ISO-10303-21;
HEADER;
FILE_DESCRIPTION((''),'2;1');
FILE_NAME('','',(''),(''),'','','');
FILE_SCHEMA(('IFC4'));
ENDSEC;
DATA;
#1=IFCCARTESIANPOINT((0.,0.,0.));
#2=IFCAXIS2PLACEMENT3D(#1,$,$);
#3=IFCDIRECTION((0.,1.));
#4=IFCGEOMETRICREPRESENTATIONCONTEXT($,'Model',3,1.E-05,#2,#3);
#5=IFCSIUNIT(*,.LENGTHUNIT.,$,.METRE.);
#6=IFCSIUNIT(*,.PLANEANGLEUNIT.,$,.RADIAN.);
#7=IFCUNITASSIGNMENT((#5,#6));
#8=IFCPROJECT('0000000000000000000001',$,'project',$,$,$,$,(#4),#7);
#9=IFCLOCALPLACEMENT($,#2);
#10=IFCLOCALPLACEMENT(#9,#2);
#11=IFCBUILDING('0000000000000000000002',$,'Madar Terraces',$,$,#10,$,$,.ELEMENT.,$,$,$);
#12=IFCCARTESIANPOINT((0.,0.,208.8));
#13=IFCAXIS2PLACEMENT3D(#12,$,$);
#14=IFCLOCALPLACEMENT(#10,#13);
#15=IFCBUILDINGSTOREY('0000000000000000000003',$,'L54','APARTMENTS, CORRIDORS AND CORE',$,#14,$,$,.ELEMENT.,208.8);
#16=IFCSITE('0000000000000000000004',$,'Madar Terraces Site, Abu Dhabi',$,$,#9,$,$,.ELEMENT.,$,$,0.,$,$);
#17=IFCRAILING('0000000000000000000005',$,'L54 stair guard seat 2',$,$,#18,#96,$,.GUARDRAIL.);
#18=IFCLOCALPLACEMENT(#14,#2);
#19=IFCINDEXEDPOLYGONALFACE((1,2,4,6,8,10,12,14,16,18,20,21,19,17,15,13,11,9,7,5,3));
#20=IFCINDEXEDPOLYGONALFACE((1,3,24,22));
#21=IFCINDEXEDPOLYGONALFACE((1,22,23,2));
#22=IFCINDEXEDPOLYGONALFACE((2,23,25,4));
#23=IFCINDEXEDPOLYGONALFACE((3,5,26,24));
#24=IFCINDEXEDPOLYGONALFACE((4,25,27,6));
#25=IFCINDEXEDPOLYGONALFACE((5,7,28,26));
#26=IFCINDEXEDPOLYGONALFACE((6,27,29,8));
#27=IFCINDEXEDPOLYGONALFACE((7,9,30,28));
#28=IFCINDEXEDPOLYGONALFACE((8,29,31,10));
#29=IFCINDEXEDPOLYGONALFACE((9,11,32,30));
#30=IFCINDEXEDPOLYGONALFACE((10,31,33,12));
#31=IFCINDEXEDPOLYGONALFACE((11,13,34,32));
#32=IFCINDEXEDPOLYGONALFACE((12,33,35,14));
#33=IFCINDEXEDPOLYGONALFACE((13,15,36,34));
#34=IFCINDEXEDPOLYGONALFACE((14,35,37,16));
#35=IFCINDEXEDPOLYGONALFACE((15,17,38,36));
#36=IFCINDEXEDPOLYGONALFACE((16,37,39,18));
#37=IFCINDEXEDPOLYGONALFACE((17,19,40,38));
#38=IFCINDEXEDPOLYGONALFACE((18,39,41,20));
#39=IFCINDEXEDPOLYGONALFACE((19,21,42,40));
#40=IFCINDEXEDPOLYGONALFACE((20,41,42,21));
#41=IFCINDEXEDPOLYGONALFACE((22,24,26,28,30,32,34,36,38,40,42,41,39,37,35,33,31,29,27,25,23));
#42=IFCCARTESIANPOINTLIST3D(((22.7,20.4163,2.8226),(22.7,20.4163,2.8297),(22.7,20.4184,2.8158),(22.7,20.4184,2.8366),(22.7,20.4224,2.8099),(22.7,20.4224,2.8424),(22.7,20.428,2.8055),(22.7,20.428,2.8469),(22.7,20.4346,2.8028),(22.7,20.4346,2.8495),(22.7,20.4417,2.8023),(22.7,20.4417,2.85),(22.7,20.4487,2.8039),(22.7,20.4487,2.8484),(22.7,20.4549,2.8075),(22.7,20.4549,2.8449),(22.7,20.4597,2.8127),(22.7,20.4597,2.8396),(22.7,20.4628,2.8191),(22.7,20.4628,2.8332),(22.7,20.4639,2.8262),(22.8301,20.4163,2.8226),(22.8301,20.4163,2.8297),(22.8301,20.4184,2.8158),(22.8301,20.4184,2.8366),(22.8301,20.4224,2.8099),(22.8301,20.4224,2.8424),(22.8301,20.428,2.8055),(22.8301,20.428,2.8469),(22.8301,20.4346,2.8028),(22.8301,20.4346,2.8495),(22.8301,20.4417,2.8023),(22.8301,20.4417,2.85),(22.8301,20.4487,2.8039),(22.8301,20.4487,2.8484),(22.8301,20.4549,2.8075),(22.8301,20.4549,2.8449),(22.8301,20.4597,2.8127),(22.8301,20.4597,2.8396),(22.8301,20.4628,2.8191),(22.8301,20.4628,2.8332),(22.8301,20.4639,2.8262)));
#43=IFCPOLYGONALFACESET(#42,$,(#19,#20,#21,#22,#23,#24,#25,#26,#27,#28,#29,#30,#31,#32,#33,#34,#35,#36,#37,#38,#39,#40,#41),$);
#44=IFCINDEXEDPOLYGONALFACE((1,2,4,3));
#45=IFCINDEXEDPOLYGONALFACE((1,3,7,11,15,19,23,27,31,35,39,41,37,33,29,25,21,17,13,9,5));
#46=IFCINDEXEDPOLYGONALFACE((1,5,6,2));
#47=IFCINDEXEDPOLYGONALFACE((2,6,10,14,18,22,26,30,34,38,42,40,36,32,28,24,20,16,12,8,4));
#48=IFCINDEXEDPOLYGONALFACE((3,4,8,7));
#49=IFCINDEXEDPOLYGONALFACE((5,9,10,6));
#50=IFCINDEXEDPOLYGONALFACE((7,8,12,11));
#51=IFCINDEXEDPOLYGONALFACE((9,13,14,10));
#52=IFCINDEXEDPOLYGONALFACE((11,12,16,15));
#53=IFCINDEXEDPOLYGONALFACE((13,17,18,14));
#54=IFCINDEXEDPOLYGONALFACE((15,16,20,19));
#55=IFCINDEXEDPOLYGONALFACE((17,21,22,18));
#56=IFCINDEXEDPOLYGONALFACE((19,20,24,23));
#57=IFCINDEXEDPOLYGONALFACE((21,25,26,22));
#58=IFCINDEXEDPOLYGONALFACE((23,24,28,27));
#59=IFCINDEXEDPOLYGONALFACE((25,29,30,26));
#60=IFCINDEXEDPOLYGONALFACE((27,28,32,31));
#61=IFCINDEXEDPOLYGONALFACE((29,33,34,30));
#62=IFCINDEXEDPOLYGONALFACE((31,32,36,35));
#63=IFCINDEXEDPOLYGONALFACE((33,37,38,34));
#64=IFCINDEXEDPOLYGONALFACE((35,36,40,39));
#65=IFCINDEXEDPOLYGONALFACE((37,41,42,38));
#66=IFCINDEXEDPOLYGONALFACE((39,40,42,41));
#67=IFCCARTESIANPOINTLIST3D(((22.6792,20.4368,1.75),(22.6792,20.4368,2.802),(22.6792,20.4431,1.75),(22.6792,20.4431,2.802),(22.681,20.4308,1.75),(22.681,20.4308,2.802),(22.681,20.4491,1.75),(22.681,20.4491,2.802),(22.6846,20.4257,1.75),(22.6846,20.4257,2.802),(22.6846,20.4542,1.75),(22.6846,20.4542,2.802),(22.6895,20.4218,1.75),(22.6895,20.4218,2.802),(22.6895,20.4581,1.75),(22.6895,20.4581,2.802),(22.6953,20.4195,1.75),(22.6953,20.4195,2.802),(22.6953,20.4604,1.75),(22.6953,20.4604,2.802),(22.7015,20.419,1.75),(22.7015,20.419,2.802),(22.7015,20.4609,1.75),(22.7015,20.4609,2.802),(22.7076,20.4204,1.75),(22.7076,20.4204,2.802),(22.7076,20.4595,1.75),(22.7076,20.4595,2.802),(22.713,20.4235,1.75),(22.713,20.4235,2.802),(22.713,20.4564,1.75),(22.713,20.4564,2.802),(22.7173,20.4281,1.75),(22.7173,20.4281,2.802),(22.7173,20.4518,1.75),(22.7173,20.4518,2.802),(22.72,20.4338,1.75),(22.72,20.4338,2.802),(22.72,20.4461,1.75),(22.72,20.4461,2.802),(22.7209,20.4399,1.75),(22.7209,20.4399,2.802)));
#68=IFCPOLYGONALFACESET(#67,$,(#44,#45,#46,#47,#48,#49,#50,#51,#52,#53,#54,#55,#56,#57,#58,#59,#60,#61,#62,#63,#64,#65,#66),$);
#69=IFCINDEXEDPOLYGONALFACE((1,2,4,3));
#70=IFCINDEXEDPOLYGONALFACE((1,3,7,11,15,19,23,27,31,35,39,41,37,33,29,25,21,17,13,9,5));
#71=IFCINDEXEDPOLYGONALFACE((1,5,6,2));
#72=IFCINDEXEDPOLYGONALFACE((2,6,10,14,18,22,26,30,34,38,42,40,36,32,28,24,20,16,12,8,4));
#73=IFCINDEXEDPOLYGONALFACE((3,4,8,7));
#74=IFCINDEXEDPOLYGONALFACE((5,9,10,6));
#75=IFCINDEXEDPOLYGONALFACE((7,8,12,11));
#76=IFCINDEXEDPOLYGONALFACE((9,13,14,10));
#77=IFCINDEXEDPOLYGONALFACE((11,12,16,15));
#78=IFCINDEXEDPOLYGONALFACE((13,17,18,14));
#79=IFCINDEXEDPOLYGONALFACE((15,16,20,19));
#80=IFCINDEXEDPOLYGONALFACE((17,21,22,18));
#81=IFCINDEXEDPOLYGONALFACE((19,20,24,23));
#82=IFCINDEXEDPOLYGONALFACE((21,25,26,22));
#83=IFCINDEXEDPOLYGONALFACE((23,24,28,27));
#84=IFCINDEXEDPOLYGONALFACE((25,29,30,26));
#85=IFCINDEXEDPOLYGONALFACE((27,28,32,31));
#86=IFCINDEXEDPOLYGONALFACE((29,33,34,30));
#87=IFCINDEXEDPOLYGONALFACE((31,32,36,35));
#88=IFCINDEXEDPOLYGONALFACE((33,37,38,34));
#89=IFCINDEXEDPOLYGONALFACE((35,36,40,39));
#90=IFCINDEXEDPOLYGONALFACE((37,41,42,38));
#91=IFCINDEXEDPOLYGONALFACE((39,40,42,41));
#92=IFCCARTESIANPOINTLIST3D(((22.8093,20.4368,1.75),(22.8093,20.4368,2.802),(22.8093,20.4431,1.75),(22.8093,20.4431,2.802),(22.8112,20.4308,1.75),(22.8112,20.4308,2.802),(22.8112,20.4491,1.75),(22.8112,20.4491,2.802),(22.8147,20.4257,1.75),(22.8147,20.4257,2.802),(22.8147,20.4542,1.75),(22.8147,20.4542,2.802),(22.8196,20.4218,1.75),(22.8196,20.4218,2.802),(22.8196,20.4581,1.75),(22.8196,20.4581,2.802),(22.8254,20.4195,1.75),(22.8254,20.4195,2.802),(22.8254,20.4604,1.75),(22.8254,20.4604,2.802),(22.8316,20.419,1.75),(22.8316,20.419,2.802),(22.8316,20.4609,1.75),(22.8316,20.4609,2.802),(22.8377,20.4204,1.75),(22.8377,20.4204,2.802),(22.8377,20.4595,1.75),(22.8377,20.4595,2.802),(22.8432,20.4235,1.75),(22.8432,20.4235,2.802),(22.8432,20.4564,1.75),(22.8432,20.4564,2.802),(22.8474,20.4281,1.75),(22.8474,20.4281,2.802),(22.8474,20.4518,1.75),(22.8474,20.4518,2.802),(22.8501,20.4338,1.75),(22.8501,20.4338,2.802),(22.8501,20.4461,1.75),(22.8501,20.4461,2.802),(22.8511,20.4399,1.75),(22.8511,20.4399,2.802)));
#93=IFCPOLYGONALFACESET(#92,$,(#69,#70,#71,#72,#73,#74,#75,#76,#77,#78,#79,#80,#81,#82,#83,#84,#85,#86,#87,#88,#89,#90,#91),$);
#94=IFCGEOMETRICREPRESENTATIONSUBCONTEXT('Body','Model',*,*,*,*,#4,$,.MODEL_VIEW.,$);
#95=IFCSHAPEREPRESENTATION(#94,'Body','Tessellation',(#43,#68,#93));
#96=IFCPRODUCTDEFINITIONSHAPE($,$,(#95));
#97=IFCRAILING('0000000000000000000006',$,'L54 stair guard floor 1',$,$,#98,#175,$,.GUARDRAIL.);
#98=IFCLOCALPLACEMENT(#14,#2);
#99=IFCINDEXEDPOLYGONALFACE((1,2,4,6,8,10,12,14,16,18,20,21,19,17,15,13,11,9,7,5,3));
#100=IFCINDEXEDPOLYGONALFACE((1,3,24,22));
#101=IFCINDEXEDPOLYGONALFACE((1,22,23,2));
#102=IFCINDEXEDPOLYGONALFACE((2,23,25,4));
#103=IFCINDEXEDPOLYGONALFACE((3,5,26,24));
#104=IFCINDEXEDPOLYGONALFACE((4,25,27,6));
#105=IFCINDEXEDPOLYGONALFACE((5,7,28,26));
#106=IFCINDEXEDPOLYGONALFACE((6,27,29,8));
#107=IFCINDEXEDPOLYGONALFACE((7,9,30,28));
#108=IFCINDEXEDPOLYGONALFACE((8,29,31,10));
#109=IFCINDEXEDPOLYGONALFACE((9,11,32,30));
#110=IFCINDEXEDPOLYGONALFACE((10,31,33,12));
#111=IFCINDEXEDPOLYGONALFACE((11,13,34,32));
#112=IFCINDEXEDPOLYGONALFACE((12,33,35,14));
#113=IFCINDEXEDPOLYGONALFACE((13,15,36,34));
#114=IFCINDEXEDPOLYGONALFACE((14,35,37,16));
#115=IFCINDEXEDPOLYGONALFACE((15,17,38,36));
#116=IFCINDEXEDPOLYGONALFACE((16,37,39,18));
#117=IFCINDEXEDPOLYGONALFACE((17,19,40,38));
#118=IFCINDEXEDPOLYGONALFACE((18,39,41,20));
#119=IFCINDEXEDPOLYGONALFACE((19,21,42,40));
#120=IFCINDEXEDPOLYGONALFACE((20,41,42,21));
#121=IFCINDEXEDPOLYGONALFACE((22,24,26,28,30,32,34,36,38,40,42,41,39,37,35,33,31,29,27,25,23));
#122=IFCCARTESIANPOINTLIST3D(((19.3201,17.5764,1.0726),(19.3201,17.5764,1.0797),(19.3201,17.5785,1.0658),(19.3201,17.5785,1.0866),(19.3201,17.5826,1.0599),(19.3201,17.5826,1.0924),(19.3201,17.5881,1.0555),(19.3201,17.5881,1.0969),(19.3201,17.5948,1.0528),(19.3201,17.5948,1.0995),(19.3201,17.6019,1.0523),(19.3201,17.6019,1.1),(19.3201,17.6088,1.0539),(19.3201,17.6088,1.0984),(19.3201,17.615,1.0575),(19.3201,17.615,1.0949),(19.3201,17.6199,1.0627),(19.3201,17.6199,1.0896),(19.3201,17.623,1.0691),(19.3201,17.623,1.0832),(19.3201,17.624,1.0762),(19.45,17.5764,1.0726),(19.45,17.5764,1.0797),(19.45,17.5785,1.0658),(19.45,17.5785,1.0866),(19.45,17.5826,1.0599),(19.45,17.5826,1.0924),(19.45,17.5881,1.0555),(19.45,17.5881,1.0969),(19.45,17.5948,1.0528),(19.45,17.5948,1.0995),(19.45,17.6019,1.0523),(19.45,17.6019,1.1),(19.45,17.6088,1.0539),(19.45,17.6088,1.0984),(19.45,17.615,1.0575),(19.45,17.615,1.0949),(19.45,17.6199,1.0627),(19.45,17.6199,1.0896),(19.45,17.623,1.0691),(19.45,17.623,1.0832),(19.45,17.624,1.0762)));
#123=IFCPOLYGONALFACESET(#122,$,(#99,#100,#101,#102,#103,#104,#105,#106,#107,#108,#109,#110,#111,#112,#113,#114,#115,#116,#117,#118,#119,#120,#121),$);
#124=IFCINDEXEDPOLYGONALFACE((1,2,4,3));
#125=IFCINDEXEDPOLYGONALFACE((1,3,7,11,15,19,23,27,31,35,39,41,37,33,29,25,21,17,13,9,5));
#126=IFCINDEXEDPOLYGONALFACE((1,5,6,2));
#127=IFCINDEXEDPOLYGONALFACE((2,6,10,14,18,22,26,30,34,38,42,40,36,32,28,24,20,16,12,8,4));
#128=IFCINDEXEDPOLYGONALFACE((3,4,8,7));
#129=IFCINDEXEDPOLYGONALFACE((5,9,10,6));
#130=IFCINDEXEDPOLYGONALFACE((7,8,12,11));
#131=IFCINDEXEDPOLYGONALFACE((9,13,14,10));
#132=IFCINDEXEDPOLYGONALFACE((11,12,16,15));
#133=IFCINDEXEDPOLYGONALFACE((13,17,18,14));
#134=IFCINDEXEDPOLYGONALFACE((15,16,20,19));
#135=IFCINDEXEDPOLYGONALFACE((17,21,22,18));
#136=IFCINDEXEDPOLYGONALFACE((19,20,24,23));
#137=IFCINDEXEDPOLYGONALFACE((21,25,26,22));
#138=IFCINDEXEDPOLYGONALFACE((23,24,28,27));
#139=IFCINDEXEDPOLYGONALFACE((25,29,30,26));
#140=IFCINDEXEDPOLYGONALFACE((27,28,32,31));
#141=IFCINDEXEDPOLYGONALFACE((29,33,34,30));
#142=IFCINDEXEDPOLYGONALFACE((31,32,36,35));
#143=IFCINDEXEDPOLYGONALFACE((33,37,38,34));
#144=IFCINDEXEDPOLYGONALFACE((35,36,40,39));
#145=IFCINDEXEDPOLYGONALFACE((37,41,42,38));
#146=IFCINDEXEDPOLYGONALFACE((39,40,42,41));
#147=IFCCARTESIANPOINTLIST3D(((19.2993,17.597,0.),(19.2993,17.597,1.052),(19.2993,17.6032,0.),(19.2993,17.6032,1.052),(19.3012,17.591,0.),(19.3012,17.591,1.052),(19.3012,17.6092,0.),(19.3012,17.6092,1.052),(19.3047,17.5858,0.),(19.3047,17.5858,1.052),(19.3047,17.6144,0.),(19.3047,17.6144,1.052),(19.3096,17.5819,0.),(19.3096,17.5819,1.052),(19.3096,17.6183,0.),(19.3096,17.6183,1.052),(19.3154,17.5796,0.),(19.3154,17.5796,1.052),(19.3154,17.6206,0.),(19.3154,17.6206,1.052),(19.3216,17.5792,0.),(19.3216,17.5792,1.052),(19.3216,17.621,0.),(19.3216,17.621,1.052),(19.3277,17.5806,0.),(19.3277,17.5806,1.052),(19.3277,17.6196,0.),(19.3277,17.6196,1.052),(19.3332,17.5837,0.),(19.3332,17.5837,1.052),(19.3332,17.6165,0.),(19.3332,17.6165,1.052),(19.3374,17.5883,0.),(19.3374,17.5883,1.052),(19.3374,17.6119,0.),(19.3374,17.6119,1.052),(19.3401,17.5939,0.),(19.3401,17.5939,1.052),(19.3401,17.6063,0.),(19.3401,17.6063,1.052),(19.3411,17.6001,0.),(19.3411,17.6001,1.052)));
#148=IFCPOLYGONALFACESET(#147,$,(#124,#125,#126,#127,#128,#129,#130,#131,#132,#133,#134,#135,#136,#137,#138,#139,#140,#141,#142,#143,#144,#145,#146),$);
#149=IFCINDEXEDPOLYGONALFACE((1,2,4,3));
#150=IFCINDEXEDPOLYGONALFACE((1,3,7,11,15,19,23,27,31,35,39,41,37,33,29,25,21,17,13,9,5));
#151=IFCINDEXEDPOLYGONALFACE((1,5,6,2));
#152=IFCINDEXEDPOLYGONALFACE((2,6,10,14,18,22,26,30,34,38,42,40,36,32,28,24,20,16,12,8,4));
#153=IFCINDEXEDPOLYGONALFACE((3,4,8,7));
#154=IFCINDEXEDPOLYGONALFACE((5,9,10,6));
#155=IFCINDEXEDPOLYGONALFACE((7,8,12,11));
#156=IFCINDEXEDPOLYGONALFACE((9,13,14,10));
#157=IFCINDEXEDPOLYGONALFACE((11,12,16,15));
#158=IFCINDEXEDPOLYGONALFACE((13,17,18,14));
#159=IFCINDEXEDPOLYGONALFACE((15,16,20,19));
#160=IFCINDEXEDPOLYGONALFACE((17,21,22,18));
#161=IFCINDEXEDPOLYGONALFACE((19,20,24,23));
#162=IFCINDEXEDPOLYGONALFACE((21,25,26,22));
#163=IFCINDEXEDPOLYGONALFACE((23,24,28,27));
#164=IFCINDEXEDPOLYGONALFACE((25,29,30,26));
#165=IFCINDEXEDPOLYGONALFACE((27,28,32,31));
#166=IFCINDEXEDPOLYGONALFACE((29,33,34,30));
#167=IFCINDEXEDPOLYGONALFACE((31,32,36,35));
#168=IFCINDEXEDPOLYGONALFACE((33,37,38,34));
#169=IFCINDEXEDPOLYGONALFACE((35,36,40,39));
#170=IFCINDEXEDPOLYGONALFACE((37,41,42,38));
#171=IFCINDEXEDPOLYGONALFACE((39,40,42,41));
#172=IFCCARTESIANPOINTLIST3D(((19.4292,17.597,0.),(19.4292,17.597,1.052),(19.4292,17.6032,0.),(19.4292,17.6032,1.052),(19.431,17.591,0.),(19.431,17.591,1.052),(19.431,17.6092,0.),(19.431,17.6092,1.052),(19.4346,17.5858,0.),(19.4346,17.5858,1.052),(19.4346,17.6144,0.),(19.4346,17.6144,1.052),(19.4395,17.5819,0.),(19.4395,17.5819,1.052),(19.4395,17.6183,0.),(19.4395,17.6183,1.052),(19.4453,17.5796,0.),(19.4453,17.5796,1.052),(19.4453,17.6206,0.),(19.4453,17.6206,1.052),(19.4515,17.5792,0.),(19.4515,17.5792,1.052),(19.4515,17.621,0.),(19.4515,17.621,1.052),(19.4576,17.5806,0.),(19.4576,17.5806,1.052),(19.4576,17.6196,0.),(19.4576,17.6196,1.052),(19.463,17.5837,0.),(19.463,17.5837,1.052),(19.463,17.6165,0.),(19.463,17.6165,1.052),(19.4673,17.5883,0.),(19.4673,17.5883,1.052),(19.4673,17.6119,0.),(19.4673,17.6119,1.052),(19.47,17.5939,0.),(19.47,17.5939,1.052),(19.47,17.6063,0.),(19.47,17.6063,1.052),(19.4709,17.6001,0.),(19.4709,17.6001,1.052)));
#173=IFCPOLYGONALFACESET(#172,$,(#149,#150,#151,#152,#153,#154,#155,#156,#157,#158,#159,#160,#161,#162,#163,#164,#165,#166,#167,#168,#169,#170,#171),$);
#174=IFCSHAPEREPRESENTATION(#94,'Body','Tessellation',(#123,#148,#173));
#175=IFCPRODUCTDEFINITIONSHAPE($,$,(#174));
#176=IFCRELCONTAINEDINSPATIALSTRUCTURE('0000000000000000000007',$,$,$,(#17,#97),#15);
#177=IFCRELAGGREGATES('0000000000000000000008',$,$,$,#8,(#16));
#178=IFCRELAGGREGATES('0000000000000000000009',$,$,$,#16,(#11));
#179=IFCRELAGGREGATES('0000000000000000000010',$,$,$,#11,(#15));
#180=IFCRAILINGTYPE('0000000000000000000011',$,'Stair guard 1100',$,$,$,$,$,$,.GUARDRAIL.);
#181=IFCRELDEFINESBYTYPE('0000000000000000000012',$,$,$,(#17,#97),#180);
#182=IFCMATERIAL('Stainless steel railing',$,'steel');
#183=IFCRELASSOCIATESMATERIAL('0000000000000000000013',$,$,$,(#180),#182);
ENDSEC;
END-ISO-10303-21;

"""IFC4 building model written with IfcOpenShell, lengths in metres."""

from ifc_helpers import new_model, si_unit, direction, frame, origin, origin_2d, place, context, subcontext, project, spatial, circle, extrude, material, type_object, element, save


model = new_model("IFC4")

# Units and contexts
model_context = context("Model", 3, precision=1e-05, world=origin(), true_north=direction((0.0, 1.0)))
body_context = subcontext(model_context, "Body", "Model", "MODEL_VIEW")
ifc_project = project(units=[si_unit("LENGTHUNIT", "METRE"), si_unit("PLANEANGLEUNIT", "RADIAN")], contexts=[model_context])

# Site, building, storey
site_placement = place(None, origin())
site = spatial("IfcSite", under=ifc_project, at=site_placement, Name="Madar Terraces Site, Abu Dhabi", CompositionType="ELEMENT", RefElevation=0.0)
building_placement = place(site_placement, origin())
building = spatial("IfcBuilding", under=site, at=building_placement, Name="Madar Terraces", CompositionType="ELEMENT")
storey_placement = place(building_placement, frame((0.0, 0.0, 208.8)))
storey = spatial("IfcBuildingStorey", under=building, at=storey_placement, Name="L54", Description="APARTMENTS, CORRIDORS AND CORE", CompositionType="ELEMENT", Elevation=208.8)

# Railings
ifc_material_1 = material(Name="Stainless steel railing", Category="steel")
railing_type_1 = type_object("IfcRailingType", Name="Stair guard 1100", PredefinedType="GUARDRAIL", material=ifc_material_1)
railing_1_placement = place(storey_placement, frame((22.7, 20.4399, 1.75)))
element("IfcRailing", 1, at=railing_1_placement, inside=storey, type_object=railing_type_1, Name="L54 stair guard seat 2", PredefinedType="GUARDRAIL", context=body_context, shape_type="SweptSolid", body=[
    extrude(circle(Radius=0.0239, at=origin_2d()), frame((0.0, 0.0, 1.0762), z_axis=(1.0, 0.0, 0.0), x_axis=(0.0, 1.0, 0.0)), (0.0, 0.0, 1.0), 0.1301),
    extrude(circle(Radius=0.021, at=origin_2d()), origin(), (0.0, 0.0, 1.0), 1.052),
    extrude(circle(Radius=0.021, at=origin_2d()), frame((0.1301, 0.0, 0.0)), (0.0, 0.0, 1.0), 1.052),
])
railing_2_placement = place(storey_placement, frame((19.3201, 17.6001, 0.0)))
element("IfcRailing", 2, at=railing_2_placement, inside=storey, type_object=railing_type_1, Name="L54 stair guard floor 1", PredefinedType="GUARDRAIL", context=body_context, shape_type="SweptSolid", body=[
    extrude(circle(Radius=0.0239, at=origin_2d()), frame((0.0, 0.0, 1.0762), z_axis=(1.0, 0.0, 0.0), x_axis=(0.0, 1.0, 0.0)), (0.0, 0.0, 1.0), 0.1299),
    extrude(circle(Radius=0.021, at=origin_2d()), origin(), (0.0, 0.0, 1.0), 1.052),
    extrude(circle(Radius=0.021, at=origin_2d()), frame((0.1299, 0.0, 0.0)), (0.0, 0.0, 1.0), 1.052),
])

save(model, "model.ifc")
